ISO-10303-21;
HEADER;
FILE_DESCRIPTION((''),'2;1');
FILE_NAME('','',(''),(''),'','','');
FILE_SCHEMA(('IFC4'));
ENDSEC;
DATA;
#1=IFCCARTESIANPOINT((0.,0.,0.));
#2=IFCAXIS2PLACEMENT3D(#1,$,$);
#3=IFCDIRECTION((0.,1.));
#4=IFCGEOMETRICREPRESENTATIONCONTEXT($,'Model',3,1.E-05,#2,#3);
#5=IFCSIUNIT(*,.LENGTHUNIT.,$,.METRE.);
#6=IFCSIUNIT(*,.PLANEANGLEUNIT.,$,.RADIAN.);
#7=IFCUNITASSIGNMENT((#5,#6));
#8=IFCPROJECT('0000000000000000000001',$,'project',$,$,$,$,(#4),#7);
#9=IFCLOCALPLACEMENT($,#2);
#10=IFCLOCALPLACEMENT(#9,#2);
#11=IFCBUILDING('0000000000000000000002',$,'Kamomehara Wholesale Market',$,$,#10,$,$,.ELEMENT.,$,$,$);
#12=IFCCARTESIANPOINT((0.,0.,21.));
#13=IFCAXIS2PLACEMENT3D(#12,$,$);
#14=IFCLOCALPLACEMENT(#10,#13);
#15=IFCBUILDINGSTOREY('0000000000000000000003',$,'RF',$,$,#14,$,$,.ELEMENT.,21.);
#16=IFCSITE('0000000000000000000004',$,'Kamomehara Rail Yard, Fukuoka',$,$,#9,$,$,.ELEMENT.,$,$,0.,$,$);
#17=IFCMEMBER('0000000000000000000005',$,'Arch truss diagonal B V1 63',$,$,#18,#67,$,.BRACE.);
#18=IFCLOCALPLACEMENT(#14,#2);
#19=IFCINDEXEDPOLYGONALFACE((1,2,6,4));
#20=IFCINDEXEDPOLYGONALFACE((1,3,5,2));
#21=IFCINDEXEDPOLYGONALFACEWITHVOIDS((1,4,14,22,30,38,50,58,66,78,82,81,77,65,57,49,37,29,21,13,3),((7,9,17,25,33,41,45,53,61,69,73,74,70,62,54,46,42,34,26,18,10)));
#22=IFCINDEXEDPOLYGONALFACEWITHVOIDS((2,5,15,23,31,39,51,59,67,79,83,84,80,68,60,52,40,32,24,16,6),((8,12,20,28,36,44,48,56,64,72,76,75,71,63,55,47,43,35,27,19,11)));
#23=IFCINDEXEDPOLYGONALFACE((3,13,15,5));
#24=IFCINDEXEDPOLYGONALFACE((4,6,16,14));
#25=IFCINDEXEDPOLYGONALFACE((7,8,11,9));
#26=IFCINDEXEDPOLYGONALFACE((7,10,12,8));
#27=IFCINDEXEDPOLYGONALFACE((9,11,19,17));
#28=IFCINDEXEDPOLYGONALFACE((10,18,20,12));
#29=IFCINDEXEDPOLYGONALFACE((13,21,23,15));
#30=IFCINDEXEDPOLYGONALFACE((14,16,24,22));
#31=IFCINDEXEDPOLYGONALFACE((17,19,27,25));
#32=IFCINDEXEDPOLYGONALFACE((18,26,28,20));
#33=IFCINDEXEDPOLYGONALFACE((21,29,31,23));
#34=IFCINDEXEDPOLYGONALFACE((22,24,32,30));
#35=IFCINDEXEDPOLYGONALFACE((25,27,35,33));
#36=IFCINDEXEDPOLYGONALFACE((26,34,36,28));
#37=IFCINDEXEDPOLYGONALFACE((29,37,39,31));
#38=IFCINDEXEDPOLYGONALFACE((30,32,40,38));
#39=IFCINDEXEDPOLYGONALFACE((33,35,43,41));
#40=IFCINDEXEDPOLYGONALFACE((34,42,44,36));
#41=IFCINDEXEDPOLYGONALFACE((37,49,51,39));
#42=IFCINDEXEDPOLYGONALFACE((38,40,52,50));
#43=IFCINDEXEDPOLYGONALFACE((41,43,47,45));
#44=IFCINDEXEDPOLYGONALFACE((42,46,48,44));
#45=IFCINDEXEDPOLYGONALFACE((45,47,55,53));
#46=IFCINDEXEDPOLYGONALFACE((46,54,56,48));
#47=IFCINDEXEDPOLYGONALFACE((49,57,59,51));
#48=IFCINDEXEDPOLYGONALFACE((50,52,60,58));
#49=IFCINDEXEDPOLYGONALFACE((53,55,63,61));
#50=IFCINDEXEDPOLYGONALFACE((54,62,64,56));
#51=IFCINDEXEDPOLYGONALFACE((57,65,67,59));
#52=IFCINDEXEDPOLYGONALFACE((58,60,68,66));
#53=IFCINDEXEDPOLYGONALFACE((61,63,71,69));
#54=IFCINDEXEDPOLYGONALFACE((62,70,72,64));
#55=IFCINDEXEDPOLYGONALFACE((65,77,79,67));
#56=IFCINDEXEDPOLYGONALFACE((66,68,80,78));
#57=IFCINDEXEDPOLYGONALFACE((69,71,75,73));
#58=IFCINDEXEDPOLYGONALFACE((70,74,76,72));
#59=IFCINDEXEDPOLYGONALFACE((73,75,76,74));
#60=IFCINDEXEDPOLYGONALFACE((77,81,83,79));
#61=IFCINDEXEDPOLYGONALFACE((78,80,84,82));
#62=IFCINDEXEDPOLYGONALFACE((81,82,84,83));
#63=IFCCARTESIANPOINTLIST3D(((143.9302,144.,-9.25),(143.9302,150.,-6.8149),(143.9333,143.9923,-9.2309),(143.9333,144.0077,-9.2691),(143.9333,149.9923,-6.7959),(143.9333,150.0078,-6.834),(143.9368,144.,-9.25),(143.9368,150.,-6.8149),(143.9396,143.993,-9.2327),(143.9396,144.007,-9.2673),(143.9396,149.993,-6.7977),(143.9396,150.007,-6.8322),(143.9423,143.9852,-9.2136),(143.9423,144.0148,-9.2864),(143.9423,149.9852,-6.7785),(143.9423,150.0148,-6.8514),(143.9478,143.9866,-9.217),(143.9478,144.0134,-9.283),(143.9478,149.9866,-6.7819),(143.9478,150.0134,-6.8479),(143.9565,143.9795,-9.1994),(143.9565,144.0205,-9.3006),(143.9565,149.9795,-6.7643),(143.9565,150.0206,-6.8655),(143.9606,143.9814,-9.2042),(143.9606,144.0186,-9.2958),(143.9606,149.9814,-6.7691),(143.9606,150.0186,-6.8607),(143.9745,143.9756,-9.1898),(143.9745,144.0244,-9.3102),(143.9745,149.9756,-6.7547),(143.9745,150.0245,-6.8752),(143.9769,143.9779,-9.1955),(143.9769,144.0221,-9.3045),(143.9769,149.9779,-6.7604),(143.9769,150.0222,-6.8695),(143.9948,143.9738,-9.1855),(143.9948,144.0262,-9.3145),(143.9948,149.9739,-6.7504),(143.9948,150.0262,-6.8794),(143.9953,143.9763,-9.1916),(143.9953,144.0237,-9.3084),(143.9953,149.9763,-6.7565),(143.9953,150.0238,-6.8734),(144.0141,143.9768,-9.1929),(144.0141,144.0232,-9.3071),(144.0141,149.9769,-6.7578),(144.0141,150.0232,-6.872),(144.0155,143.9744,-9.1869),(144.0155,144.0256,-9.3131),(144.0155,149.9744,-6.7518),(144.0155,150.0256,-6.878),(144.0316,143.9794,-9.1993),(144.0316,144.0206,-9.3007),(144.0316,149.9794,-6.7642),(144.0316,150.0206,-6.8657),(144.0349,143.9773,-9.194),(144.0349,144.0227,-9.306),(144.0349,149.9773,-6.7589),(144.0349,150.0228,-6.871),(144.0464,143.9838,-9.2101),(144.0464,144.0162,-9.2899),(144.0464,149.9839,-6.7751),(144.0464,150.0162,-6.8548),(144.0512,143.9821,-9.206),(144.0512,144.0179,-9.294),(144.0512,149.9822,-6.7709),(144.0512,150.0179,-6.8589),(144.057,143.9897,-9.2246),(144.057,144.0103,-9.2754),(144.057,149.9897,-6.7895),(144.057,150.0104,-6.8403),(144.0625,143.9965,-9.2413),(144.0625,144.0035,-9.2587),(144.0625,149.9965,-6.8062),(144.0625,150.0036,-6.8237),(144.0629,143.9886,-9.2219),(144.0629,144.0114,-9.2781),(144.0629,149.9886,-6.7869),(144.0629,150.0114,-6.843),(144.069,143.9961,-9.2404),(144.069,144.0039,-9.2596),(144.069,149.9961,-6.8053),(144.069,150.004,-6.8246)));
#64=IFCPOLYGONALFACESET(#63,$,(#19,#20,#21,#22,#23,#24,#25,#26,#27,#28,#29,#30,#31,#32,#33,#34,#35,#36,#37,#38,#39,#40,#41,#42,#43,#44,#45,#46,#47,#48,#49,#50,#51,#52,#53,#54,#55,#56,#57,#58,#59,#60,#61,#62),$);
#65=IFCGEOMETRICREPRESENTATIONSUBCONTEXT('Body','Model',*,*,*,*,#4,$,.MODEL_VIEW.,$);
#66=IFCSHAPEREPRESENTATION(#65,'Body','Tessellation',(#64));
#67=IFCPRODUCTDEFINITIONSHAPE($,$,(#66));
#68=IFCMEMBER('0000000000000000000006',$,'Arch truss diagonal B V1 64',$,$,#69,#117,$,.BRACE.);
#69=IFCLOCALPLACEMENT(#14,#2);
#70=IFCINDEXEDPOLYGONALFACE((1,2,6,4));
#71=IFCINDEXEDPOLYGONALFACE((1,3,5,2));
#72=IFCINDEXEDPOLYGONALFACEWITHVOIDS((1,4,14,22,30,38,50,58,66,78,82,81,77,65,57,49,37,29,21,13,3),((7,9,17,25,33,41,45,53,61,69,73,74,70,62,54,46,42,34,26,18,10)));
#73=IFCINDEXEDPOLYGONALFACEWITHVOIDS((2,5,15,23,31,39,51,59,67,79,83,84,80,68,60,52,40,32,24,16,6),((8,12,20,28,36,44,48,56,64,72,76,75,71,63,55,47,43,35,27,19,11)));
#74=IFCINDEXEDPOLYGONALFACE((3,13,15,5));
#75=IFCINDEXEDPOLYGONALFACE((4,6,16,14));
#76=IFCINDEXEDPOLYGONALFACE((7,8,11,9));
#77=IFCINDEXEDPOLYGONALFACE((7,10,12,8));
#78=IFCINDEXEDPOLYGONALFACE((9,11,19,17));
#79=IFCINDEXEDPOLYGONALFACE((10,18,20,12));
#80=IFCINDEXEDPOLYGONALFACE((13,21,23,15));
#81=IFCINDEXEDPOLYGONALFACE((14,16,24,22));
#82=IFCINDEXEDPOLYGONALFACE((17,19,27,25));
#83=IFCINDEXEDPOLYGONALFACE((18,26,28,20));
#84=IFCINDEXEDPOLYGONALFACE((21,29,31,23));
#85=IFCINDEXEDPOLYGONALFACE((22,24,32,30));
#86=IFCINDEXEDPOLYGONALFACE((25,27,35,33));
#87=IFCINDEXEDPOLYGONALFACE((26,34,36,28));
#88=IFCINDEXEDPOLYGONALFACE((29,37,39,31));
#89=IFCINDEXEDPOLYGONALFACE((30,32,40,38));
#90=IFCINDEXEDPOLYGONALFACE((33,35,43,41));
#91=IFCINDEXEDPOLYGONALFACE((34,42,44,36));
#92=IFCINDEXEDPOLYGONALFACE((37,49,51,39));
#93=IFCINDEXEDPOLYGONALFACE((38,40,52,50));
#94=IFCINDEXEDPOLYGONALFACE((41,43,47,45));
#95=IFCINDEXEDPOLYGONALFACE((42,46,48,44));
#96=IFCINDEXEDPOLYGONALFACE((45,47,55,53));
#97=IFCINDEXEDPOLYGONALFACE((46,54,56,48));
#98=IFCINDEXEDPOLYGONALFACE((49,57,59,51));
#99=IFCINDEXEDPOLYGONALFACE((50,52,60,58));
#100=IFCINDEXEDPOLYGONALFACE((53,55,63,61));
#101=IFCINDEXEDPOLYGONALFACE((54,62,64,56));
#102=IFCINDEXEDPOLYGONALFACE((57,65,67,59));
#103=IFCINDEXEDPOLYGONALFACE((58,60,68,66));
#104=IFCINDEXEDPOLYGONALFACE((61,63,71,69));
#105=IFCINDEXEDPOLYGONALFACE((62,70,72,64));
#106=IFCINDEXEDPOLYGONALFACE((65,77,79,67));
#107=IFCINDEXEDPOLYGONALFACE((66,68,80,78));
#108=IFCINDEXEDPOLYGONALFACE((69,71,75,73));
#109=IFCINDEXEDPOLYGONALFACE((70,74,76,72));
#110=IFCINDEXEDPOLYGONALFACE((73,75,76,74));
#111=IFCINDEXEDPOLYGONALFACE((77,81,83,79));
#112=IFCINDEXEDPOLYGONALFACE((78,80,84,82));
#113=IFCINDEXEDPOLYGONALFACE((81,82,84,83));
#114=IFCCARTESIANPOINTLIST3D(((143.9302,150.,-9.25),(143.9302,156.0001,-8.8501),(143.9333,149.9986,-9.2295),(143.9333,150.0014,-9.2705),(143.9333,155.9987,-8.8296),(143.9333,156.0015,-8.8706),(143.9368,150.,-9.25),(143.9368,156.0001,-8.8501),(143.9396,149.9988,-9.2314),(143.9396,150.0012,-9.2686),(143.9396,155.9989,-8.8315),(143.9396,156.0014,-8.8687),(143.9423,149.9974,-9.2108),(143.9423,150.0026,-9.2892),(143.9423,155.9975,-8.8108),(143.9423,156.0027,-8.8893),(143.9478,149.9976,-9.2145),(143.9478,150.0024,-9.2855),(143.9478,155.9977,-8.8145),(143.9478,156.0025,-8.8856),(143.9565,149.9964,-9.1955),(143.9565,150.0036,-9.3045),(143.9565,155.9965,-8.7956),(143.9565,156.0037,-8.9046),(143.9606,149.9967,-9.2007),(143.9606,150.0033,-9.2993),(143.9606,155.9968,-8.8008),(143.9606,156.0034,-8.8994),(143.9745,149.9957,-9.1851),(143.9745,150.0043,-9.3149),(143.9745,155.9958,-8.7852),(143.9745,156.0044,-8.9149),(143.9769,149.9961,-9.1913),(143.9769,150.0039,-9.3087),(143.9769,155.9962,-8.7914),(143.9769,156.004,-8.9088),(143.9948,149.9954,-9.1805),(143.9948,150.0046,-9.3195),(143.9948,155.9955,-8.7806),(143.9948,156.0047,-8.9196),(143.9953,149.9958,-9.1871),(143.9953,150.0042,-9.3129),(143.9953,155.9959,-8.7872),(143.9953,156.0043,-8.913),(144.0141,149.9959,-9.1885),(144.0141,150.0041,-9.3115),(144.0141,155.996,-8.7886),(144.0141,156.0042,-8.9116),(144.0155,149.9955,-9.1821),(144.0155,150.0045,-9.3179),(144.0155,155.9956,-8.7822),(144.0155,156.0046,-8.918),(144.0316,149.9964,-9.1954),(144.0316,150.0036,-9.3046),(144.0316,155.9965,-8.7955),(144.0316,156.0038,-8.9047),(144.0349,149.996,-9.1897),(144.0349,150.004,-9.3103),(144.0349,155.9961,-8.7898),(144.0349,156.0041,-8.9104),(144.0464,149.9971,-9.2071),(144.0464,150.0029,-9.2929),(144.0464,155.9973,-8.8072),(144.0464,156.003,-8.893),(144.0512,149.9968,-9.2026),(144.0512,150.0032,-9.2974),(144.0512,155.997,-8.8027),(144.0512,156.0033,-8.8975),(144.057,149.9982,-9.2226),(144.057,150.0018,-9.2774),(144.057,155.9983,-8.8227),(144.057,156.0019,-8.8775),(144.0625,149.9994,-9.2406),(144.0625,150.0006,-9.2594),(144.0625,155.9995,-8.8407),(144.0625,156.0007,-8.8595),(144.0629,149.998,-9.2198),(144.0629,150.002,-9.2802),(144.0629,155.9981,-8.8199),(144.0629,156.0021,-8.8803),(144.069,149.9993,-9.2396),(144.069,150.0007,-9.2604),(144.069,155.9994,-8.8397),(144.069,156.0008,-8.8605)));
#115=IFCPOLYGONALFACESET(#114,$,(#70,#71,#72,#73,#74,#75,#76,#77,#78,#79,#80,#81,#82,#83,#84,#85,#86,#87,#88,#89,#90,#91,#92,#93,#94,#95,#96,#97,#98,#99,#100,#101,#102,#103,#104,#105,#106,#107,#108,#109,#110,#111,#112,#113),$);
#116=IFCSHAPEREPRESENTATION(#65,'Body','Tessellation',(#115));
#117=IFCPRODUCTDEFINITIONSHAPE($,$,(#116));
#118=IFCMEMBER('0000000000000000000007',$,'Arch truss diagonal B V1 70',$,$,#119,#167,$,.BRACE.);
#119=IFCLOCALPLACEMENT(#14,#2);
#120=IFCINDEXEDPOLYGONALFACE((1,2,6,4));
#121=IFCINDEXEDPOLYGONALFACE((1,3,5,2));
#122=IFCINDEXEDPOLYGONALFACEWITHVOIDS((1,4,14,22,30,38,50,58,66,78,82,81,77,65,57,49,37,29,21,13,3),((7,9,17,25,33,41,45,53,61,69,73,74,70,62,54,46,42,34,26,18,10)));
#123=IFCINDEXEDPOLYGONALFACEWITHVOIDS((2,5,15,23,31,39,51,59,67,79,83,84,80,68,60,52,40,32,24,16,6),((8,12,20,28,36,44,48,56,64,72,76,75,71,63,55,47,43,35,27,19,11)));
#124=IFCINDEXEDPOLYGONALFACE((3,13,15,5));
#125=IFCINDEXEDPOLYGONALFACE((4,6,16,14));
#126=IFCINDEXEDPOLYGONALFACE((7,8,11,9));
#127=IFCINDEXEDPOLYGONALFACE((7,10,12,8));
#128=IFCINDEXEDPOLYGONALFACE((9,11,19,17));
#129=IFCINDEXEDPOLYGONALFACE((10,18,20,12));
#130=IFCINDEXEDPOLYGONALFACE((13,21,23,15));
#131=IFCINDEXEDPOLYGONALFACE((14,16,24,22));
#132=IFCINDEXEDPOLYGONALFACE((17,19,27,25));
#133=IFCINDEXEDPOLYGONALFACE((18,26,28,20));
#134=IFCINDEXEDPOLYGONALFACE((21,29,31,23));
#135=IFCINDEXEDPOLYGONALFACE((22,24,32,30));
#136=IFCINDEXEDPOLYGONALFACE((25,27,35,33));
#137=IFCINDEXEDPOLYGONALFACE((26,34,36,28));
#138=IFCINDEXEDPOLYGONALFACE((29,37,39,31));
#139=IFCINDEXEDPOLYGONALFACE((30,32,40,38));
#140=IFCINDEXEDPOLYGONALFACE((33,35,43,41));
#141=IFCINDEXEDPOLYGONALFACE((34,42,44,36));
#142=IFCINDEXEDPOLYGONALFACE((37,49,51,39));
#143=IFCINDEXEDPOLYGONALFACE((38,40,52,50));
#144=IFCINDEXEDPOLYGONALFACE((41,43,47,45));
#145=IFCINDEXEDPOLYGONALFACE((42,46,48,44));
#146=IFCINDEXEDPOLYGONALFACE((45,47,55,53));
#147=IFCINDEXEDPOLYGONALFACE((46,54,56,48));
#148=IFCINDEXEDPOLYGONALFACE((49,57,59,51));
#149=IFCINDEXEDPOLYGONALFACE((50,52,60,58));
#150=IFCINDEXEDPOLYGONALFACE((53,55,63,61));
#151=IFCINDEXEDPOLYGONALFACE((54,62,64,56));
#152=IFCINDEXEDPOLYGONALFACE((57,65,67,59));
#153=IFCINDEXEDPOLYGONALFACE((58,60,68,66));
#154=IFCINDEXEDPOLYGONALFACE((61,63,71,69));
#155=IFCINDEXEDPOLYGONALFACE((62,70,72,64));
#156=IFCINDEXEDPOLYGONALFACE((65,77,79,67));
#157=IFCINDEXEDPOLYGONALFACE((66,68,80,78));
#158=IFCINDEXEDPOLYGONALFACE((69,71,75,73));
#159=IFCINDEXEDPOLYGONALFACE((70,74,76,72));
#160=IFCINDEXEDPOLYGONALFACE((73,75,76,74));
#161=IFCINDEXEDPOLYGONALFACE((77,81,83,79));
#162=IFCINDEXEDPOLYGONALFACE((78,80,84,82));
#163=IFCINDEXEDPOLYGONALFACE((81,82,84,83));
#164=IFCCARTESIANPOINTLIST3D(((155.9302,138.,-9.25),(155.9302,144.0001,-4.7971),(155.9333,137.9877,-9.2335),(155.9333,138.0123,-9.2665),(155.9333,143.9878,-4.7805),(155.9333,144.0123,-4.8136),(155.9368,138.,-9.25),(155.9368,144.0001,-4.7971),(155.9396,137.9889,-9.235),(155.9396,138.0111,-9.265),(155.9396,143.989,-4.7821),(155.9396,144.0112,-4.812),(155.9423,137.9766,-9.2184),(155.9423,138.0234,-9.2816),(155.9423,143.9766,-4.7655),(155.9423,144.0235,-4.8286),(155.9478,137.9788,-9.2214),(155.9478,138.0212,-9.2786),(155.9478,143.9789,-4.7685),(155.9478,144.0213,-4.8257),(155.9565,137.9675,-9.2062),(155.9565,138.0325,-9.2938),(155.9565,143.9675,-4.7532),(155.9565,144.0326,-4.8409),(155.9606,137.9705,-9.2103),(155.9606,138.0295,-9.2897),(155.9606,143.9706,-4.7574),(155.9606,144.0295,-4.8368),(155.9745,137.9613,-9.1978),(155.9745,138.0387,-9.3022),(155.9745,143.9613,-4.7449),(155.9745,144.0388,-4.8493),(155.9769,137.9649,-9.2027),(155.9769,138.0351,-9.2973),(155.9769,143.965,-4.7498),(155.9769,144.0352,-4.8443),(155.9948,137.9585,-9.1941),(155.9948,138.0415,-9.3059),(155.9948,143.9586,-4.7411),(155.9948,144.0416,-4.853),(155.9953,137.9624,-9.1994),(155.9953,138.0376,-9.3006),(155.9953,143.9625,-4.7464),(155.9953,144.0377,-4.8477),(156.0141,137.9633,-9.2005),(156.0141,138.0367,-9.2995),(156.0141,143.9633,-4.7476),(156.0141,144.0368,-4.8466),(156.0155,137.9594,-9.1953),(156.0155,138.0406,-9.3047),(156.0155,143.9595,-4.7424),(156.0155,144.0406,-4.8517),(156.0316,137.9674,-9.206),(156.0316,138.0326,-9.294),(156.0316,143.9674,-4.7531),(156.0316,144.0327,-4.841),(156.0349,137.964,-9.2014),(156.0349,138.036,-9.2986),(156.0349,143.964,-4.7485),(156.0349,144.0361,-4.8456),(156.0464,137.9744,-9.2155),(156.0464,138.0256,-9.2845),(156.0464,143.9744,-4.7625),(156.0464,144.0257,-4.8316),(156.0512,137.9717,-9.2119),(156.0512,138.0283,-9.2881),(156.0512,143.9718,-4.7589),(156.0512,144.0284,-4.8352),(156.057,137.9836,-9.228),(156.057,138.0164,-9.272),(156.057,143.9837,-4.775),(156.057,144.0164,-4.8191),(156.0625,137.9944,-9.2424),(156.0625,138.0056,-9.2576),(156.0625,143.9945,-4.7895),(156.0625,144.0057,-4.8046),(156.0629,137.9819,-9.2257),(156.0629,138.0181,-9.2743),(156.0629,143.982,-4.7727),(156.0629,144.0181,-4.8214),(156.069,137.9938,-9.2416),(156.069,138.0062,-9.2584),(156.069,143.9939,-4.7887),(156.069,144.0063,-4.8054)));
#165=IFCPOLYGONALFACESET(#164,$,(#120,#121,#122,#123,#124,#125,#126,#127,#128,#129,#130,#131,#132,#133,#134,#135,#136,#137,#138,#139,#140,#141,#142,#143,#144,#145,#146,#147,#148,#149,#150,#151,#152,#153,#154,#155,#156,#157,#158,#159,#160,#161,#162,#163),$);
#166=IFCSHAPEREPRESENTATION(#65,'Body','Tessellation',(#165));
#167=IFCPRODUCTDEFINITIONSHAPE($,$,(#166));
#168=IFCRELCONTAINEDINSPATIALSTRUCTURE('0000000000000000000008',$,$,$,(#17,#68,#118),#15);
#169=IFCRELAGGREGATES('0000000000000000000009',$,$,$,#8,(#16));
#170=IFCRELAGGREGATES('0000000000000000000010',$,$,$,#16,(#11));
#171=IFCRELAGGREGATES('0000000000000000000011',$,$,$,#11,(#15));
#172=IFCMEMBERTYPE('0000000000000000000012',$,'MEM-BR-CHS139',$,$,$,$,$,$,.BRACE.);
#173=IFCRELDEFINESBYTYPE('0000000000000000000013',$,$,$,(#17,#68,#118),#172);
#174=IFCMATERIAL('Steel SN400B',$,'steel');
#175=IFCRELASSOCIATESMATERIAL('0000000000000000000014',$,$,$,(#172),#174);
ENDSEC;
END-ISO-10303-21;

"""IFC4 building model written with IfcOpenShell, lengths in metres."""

from ifc_helpers import new_model, si_unit, direction, frame, origin, origin_2d, place, context, subcontext, project, spatial, hollow_circle, extrude, material, material_profile, profile_set, type_object, element, save


model = new_model("IFC4")

# Units and contexts
model_context = context("Model", 3, precision=1e-05, world=origin(), true_north=direction((0.0, 1.0)))
body_context = subcontext(model_context, "Body", "Model", "MODEL_VIEW")
ifc_project = project(units=[si_unit("LENGTHUNIT", "METRE"), si_unit("PLANEANGLEUNIT", "RADIAN")], contexts=[model_context])

# Site, building, storey
site_placement = place(None, origin())
site = spatial("IfcSite", under=ifc_project, at=site_placement, Name="Kamomehara Rail Yard, Fukuoka", CompositionType="ELEMENT", RefElevation=0.0)
building_placement = place(site_placement, origin())
building = spatial("IfcBuilding", under=site, at=building_placement, Name="Kamomehara Wholesale Market", CompositionType="ELEMENT")
storey_placement = place(building_placement, frame((0.0, 0.0, 21.0)))
storey = spatial("IfcBuildingStorey", under=building, at=storey_placement, Name="RF", CompositionType="ELEMENT", Elevation=21.0)

# Members
ifc_material_1 = material(Name="Steel SN400B", Category="steel")
ifc_material_profile_1 = material_profile(ifc_material_1, hollow_circle(Radius=0.0698, WallThickness=0.0066, at=origin_2d()), Name="CHS-139.8x6.6")
ifc_profile_set_1 = profile_set([ifc_material_profile_1], Name="Steel SN400B")
member_type_1 = type_object("IfcMemberType", Name="MEM-BR-CHS139", PredefinedType="BRACE", material=ifc_profile_set_1)
member_1_placement = place(storey_placement, frame((144.0, 144.0, -9.25), z_axis=(0.0, 0.926598, 0.376053), x_axis=(-1.0, 0.0, 0.0)))
element("IfcMember", 1, at=member_1_placement, inside=storey, type_object=member_type_1, Name="Arch truss diagonal B V1 63", PredefinedType="BRACE", context=body_context, shape_type="SweptSolid", body=[
    extrude(hollow_circle(Radius=0.0698, WallThickness=0.0066, at=origin_2d()), origin(), (0.0, 0.0, 1.0), 6.4753),
])
member_2_placement = place(storey_placement, frame((144.0, 150.0, -9.25), z_axis=(0.0, 0.997786, 0.066503), x_axis=(-1.0, 0.0, 0.0)))
element("IfcMember", 2, at=member_2_placement, inside=storey, type_object=member_type_1, Name="Arch truss diagonal B V1 64", PredefinedType="BRACE", context=body_context, shape_type="SweptSolid", body=[
    extrude(hollow_circle(Radius=0.0698, WallThickness=0.0066, at=origin_2d()), origin(), (0.0, 0.0, 1.0), 6.0134),
])
member_3_placement = place(storey_placement, frame((156.0, 138.0, -9.25), z_axis=(0.0, 0.803017, 0.595956), x_axis=(-1.0, 0.0, 0.0)))
element("IfcMember", 3, at=member_3_placement, inside=storey, type_object=member_type_1, Name="Arch truss diagonal B V1 70", PredefinedType="BRACE", context=body_context, shape_type="SweptSolid", body=[
    extrude(hollow_circle(Radius=0.0698, WallThickness=0.0066, at=origin_2d()), origin(), (0.0, 0.0, 1.0), 7.4719),
])

save(model, "model.ifc")
